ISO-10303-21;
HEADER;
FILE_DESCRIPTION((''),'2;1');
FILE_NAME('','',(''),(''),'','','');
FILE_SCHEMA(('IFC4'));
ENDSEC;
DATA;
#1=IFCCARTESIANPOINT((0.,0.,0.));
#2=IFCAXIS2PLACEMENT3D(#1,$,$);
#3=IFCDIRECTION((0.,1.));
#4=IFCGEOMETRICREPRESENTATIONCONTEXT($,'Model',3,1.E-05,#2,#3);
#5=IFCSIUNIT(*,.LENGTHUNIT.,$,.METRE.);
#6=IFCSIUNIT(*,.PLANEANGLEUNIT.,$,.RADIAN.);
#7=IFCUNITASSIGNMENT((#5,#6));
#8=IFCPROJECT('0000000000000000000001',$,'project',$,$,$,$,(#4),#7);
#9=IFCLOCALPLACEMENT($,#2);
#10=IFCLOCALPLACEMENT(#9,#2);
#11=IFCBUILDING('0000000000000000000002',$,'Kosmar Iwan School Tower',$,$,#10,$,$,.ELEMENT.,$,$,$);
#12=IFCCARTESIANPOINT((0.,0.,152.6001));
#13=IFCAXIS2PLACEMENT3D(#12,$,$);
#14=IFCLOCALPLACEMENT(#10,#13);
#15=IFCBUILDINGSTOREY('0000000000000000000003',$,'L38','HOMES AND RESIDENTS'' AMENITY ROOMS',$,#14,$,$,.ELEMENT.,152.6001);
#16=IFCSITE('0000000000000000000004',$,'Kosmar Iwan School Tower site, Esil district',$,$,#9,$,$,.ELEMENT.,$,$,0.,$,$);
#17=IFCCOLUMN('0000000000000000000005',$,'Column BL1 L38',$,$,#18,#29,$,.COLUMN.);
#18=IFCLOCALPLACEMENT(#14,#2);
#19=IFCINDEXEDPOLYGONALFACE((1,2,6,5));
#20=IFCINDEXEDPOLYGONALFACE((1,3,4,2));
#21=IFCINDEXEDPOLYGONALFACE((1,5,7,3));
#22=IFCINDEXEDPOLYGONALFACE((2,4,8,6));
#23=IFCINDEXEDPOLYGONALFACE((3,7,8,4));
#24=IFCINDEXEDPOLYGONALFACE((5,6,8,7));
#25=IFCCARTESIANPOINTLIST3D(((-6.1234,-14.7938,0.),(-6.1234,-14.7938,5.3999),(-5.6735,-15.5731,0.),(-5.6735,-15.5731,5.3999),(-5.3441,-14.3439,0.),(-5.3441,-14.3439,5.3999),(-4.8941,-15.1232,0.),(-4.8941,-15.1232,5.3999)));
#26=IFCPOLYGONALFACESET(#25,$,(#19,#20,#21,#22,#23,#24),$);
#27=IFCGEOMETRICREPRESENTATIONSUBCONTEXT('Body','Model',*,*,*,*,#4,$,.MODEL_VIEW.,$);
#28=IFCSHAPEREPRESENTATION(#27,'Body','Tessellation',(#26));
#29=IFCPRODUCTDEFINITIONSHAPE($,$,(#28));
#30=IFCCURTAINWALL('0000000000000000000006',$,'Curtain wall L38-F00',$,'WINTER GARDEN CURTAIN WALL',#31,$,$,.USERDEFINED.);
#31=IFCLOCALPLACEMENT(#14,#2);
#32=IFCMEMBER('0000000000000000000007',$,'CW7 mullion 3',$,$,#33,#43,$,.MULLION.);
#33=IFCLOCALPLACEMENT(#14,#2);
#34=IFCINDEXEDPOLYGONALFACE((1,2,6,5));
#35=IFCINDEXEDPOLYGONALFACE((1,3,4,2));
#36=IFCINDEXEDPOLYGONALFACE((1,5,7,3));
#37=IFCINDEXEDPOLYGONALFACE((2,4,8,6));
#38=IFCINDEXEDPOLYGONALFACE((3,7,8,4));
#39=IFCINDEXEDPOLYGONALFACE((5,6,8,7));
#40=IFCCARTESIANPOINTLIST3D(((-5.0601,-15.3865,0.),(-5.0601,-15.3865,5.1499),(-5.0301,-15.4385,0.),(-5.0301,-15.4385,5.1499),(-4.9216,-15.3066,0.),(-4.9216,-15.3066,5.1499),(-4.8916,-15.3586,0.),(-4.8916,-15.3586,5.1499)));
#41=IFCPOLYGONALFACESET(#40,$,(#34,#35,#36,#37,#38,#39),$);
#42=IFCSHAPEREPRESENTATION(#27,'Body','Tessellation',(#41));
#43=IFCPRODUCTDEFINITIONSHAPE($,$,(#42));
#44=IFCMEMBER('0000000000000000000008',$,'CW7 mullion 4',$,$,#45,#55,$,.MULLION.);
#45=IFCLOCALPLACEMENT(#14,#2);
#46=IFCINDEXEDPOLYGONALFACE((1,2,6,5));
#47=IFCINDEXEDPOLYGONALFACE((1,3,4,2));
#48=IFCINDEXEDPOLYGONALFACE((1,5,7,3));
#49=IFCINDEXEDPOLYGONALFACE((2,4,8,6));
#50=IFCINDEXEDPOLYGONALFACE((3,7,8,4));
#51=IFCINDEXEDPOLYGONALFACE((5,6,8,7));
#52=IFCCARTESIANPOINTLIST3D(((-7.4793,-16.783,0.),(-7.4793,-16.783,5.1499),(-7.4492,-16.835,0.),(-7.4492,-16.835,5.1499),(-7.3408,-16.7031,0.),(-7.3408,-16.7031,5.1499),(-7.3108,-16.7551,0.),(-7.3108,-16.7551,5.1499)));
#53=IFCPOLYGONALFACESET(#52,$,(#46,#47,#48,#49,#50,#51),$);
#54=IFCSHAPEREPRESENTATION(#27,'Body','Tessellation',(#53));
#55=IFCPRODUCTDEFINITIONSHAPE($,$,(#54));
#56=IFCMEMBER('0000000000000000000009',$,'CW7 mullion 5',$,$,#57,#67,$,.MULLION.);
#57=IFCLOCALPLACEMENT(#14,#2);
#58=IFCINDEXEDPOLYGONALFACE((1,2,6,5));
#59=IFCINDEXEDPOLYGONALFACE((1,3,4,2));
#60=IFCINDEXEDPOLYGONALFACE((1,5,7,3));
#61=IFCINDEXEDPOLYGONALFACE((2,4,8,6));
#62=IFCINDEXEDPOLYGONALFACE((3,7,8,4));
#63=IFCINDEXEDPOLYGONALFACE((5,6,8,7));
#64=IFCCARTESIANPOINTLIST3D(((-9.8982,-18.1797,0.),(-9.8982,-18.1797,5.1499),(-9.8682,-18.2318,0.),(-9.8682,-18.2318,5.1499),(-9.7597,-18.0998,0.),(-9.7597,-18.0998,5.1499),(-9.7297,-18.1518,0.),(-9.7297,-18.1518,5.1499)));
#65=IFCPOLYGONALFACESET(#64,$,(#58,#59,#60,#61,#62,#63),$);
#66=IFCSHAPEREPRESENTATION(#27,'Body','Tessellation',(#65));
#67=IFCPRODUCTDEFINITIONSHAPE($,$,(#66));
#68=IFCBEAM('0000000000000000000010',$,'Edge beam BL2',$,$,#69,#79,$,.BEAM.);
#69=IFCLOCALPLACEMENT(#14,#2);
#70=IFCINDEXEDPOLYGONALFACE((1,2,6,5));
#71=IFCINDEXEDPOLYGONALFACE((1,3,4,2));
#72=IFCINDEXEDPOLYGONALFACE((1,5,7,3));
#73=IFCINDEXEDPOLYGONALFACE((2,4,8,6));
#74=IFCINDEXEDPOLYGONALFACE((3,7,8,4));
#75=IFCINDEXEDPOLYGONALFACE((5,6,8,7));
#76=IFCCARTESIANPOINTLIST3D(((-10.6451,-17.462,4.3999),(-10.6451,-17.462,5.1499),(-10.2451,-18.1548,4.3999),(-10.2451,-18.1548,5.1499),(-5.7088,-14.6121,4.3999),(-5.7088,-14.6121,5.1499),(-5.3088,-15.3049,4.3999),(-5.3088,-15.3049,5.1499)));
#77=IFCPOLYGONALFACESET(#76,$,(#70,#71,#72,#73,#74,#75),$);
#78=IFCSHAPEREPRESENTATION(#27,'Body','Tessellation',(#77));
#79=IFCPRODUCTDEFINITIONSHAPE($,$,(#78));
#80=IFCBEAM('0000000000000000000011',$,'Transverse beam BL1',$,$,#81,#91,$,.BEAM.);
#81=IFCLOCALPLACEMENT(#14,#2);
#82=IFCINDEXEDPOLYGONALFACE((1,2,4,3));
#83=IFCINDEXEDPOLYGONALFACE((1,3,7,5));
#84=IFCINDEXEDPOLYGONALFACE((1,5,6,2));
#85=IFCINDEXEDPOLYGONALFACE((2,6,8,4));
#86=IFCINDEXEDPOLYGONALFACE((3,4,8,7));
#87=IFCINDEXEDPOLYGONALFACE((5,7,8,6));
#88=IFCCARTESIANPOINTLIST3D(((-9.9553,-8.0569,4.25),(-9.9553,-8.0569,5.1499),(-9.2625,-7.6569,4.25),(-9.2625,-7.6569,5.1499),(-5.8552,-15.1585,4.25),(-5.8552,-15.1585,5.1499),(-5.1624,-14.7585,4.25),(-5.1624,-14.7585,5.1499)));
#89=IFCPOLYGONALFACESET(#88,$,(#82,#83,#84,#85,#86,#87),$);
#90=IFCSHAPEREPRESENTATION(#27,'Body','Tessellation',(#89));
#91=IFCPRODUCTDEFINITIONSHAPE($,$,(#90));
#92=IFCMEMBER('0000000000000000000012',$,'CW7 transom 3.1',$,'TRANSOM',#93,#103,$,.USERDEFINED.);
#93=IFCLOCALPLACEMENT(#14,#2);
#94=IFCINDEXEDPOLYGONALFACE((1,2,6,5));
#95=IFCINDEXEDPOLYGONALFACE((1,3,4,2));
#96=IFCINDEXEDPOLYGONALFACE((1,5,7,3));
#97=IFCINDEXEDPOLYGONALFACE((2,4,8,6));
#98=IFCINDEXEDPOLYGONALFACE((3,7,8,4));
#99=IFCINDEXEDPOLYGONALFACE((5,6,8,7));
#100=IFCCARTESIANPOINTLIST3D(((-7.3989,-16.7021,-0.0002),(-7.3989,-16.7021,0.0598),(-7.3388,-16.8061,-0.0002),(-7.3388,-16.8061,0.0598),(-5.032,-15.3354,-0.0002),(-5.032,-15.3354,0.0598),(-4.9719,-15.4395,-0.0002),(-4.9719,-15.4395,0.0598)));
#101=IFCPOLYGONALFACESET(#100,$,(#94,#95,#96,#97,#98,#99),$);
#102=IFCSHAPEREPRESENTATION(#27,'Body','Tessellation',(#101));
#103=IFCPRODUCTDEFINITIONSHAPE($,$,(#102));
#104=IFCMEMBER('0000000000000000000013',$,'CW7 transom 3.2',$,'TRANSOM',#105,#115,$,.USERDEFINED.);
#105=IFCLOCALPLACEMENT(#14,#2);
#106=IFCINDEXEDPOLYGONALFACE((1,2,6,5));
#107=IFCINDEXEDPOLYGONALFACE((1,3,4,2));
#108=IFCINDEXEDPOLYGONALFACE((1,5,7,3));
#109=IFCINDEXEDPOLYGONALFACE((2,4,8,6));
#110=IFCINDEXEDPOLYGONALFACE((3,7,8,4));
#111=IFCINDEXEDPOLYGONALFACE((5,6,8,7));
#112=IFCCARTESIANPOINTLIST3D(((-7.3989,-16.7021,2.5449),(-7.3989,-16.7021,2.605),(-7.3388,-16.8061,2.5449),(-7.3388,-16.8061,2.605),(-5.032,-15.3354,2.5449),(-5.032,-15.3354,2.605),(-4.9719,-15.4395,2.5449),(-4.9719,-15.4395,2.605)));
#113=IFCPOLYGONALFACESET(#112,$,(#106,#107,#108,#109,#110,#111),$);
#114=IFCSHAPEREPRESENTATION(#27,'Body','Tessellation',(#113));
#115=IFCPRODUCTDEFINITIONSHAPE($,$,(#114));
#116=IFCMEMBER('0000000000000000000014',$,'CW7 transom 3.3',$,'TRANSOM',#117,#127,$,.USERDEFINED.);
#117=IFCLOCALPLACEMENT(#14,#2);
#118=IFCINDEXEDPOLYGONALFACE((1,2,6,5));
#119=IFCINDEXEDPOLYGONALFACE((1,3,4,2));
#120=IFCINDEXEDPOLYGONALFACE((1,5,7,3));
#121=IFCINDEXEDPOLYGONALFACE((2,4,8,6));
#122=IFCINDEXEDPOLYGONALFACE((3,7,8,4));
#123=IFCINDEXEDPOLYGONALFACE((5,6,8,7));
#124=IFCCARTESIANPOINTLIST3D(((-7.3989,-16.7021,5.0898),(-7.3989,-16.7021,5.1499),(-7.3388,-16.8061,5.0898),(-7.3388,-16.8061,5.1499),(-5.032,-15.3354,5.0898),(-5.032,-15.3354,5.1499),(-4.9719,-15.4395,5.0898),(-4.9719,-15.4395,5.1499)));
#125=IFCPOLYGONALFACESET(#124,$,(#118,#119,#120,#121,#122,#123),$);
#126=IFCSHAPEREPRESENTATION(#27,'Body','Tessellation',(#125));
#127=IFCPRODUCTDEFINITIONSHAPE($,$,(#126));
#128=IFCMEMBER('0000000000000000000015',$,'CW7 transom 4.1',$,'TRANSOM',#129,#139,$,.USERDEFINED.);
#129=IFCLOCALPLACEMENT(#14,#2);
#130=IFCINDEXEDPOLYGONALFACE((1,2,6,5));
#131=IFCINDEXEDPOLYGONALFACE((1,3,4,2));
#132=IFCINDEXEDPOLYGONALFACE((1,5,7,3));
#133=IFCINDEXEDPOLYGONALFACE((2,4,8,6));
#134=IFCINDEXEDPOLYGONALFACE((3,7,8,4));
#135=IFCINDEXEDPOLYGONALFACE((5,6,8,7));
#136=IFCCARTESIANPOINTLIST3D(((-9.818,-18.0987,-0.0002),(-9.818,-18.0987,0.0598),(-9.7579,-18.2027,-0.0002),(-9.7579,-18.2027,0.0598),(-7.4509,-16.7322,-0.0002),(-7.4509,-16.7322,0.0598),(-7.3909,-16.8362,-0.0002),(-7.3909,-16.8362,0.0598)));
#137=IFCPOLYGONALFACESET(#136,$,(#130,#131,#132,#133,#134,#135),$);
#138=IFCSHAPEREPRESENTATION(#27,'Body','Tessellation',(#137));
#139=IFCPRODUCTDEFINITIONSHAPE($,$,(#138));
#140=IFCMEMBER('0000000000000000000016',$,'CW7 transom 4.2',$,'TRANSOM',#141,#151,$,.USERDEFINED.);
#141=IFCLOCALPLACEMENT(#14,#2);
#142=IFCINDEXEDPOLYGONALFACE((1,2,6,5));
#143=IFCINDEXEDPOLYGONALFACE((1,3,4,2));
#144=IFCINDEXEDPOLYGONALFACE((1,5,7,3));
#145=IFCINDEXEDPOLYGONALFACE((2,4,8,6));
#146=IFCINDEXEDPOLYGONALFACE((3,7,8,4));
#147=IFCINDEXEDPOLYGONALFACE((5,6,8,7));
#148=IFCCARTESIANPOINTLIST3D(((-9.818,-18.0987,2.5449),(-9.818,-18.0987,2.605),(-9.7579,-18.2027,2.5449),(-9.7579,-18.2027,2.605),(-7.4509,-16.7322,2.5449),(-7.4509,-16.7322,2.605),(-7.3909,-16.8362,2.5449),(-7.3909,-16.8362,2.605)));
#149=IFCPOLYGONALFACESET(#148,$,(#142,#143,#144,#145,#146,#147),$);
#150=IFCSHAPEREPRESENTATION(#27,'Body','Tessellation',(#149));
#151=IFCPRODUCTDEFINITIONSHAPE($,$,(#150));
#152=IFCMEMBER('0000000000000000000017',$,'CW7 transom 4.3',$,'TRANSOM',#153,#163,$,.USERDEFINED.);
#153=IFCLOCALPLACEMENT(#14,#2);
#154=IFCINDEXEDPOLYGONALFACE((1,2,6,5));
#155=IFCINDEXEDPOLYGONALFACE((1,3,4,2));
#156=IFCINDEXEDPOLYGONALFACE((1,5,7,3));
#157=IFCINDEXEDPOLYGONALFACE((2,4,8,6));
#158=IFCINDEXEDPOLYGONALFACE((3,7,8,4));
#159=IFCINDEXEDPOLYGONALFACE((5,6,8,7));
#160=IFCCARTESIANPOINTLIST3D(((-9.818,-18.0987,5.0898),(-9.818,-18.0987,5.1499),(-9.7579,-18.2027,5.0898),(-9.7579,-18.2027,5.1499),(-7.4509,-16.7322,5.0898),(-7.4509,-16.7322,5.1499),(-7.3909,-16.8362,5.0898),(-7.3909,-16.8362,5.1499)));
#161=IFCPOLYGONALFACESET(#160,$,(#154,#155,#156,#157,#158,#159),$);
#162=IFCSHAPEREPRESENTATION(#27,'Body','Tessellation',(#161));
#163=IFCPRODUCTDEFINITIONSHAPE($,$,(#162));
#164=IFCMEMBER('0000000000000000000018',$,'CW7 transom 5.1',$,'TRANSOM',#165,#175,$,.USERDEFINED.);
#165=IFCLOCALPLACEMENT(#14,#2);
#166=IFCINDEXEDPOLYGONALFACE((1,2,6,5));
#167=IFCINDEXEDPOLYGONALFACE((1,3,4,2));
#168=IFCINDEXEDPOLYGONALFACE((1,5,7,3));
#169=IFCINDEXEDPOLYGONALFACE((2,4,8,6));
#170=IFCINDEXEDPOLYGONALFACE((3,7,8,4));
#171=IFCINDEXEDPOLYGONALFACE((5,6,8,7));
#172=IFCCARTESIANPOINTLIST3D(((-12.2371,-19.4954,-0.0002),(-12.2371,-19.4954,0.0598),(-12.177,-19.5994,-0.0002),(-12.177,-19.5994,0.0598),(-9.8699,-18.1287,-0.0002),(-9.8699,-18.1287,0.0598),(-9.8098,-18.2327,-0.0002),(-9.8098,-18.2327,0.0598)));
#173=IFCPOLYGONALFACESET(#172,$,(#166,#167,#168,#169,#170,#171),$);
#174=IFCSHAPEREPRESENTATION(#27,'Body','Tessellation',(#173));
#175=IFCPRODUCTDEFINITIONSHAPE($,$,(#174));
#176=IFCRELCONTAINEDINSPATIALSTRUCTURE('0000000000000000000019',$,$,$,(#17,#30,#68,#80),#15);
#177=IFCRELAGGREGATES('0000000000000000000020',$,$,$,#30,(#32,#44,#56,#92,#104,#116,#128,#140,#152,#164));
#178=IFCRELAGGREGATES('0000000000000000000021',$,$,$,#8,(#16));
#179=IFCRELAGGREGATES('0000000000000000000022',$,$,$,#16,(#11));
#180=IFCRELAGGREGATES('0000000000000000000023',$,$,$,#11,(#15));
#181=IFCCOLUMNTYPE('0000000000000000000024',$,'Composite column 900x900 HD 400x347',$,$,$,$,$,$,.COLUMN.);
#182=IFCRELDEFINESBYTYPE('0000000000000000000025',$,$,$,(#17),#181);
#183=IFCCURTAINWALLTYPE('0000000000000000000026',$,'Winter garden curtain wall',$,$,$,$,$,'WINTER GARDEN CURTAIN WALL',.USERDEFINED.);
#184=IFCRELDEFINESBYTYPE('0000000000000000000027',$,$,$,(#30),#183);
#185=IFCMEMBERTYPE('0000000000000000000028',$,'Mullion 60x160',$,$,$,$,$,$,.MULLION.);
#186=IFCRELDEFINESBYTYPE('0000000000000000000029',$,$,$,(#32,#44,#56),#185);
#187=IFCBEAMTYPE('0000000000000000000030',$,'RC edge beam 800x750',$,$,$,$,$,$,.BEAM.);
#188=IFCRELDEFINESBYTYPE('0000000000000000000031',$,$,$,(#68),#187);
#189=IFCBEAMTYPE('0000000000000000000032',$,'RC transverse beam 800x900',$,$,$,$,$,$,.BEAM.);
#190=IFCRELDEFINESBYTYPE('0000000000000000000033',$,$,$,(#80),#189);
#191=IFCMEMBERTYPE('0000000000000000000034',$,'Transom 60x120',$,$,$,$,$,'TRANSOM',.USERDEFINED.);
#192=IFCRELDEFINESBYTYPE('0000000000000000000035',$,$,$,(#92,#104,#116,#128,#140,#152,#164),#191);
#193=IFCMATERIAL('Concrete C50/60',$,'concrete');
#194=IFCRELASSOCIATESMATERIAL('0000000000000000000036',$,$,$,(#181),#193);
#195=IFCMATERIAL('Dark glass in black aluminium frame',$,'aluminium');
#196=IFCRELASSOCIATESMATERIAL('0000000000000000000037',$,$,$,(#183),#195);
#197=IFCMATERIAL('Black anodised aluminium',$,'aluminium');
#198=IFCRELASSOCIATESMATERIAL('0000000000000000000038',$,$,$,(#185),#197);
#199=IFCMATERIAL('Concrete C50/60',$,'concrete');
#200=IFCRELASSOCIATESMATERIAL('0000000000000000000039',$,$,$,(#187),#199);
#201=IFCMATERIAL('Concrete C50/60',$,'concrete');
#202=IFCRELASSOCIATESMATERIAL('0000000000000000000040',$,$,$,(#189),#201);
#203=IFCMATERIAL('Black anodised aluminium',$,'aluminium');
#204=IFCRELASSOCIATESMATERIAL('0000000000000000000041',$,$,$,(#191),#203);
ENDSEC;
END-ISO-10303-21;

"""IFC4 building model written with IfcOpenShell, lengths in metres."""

from ifc_helpers import new_model, si_unit, direction, frame, origin, origin_2d, place, context, subcontext, project, spatial, rectangle, extrude, material, material_profile, profile_set, type_object, element, aggregate, save


model = new_model("IFC4")

# Units and contexts
model_context = context("Model", 3, precision=1e-05, world=origin(), true_north=direction((0.0, 1.0)))
body_context = subcontext(model_context, "Body", "Model", "MODEL_VIEW")
ifc_project = project(units=[si_unit("LENGTHUNIT", "METRE"), si_unit("PLANEANGLEUNIT", "RADIAN")], contexts=[model_context])

# Site, building, storey
site_placement = place(None, origin())
site = spatial("IfcSite", under=ifc_project, at=site_placement, Name="Kosmar Iwan School Tower site, Esil district", CompositionType="ELEMENT", RefElevation=0.0)
building_placement = place(site_placement, origin())
building = spatial("IfcBuilding", under=site, at=building_placement, Name="Kosmar Iwan School Tower", CompositionType="ELEMENT")
storey_placement = place(building_placement, frame((0.0, 0.0, 152.6001)))
storey = spatial("IfcBuildingStorey", under=building, at=storey_placement, Name="L38", Description="HOMES AND RESIDENTS' AMENITY ROOMS", CompositionType="ELEMENT", Elevation=152.6001)

# Column
ifc_material_1 = material(Name="Concrete C50/60", Category="concrete")
ifc_material_profile_1 = material_profile(ifc_material_1, rectangle(XDim=0.8999, YDim=0.8999, at=origin_2d()), Name="RC 900x900 + HD 400x347")
ifc_profile_set_1 = profile_set([ifc_material_profile_1], Name="Concrete C50/60")
column_type = type_object("IfcColumnType", Name="Composite column 900x900 HD 400x347", PredefinedType="COLUMN", material=ifc_profile_set_1)
column_placement = place(storey_placement, frame((-5.5088, -14.9585, 0.0), z_axis=(0.0, 0.0, 1.0), x_axis=(-0.866025, -0.5, 0.0)))
element("IfcColumn", 1, at=column_placement, inside=storey, type_object=column_type, Name="Column BL1 L38", PredefinedType="COLUMN", context=body_context, shape_type="SweptSolid", body=[
    extrude(rectangle(XDim=0.8999, YDim=0.8999, at=origin_2d()), origin(), (0.0, 0.0, 1.0), 5.3999),
])

# Curtain wall, members
ifc_material_2 = material(Name="Dark glass in black aluminium frame", Category="aluminium")
curtain_wall_type = type_object("IfcCurtainWallType", Name="Winter garden curtain wall", ElementType="WINTER GARDEN CURTAIN WALL", PredefinedType="USERDEFINED", material=ifc_material_2)
curtain_wall_placement = place(storey_placement, origin())
curtain_wall = element("IfcCurtainWall", 2, at=curtain_wall_placement, inside=storey, type_object=curtain_wall_type, Name="Curtain wall L38-F00", ObjectType="WINTER GARDEN CURTAIN WALL", PredefinedType="USERDEFINED")
ifc_material_3 = material(Name="Black anodised aluminium", Category="aluminium")
ifc_material_profile_2 = material_profile(ifc_material_3, rectangle(XDim=0.0601, YDim=0.1599, at=origin_2d()), Name="MULLION 60x160")
ifc_profile_set_2 = profile_set([ifc_material_profile_2], Name="Black anodised aluminium")
member_type_1 = type_object("IfcMemberType", Name="Mullion 60x160", PredefinedType="MULLION", material=ifc_profile_set_2)
member_1_placement = place(storey_placement, frame((-4.9758, -15.3726, 0.0), z_axis=(0.0, 0.0, 1.0), x_axis=(0.5, -0.866025, 0.0)))
member_1 = element("IfcMember", 3, at=member_1_placement, type_object=member_type_1, Name="CW7 mullion 3", PredefinedType="MULLION", context=body_context, shape_type="SweptSolid", body=[
    extrude(rectangle(XDim=0.0601, YDim=0.1599, at=origin_2d()), origin(), (0.0, 0.0, 1.0), 5.1499),
])
member_2_placement = place(storey_placement, frame((-7.395, -16.769, 0.0), z_axis=(0.0, 0.0, 1.0), x_axis=(0.5, -0.866025, 0.0)))
member_2 = element("IfcMember", 4, at=member_2_placement, type_object=member_type_1, Name="CW7 mullion 4", PredefinedType="MULLION", context=body_context, shape_type="SweptSolid", body=[
    extrude(rectangle(XDim=0.0601, YDim=0.1599, at=origin_2d()), origin(), (0.0, 0.0, 1.0), 5.1499),
])
member_3_placement = place(storey_placement, frame((-9.814, -18.1658, 0.0), z_axis=(0.0, 0.0, 1.0), x_axis=(0.5, -0.866025, 0.0)))
member_3 = element("IfcMember", 5, at=member_3_placement, type_object=member_type_1, Name="CW7 mullion 5", PredefinedType="MULLION", context=body_context, shape_type="SweptSolid", body=[
    extrude(rectangle(XDim=0.0601, YDim=0.1599, at=origin_2d()), origin(), (0.0, 0.0, 1.0), 5.1499),
])

# Beams
ifc_material_4 = material(Name="Concrete C50/60", Category="concrete")
ifc_material_profile_3 = material_profile(ifc_material_4, rectangle(XDim=0.8, YDim=0.75, at=origin_2d()), Name="RC 800x750")
ifc_profile_set_3 = profile_set([ifc_material_profile_3], Name="Concrete C50/60")
beam_type_1 = type_object("IfcBeamType", Name="RC edge beam 800x750", PredefinedType="BEAM", material=ifc_profile_set_3)
beam_1_placement = place(storey_placement, frame((-5.5088, -14.9585, 4.7749), z_axis=(-0.866034, -0.499986, 0.0), x_axis=(0.499986, -0.866034, 0.0)))
element("IfcBeam", 6, at=beam_1_placement, inside=storey, type_object=beam_type_1, Name="Edge beam BL2", PredefinedType="BEAM", context=body_context, shape_type="SweptSolid", body=[
    extrude(rectangle(XDim=0.8, YDim=0.75, at=origin_2d()), origin(), (0.0, 0.0, 1.0), 5.7),
])
ifc_material_5 = material(Name="Concrete C50/60", Category="concrete")
ifc_material_profile_4 = material_profile(ifc_material_5, rectangle(XDim=0.8, YDim=0.8999, at=origin_2d()), Name="RC 800x900")
ifc_profile_set_4 = profile_set([ifc_material_profile_4], Name="Concrete C50/60")
beam_type_2 = type_object("IfcBeamType", Name="RC transverse beam 800x900", PredefinedType="BEAM", material=ifc_profile_set_4)
beam_2_placement = place(storey_placement, frame((-5.5088, -14.9585, 4.7), z_axis=(-0.500001, 0.866025, 0.0), x_axis=(-0.866025, -0.500001, 0.0)))
element("IfcBeam", 7, at=beam_2_placement, inside=storey, type_object=beam_type_2, Name="Transverse beam BL1", PredefinedType="BEAM", context=body_context, shape_type="SweptSolid", body=[
    extrude(rectangle(XDim=0.8, YDim=0.8999, at=origin_2d()), origin(), (0.0, 0.0, 1.0), 8.2002),
])

# Members
ifc_material_6 = material(Name="Black anodised aluminium", Category="aluminium")
ifc_material_profile_5 = material_profile(ifc_material_6, rectangle(XDim=0.1201, YDim=0.0601, at=origin_2d()), Name="TRANSOM 60x120")
ifc_profile_set_5 = profile_set([ifc_material_profile_5], Name="Black anodised aluminium")
member_type_2 = type_object("IfcMemberType", Name="Transom 60x120", ElementType="TRANSOM", PredefinedType="USERDEFINED", material=ifc_profile_set_5)
member_4_placement = place(storey_placement, frame((-5.002, -15.3875, 0.0298), z_axis=(-0.866003, -0.500039, 0.0), x_axis=(0.500039, -0.866003, 0.0)))
member_4 = element("IfcMember", 8, at=member_4_placement, type_object=member_type_2, Name="CW7 transom 3.1", ObjectType="TRANSOM", PredefinedType="USERDEFINED", context=body_context, shape_type="SweptSolid", body=[
    extrude(rectangle(XDim=0.1201, YDim=0.0601, at=origin_2d()), origin(), (0.0, 0.0, 1.0), 2.7332),
])
member_5_placement = place(storey_placement, frame((-5.002, -15.3875, 2.575), z_axis=(-0.866003, -0.500039, 0.0), x_axis=(0.500039, -0.866003, 0.0)))
member_5 = element("IfcMember", 9, at=member_5_placement, type_object=member_type_2, Name="CW7 transom 3.2", ObjectType="TRANSOM", PredefinedType="USERDEFINED", context=body_context, shape_type="SweptSolid", body=[
    extrude(rectangle(XDim=0.1201, YDim=0.0601, at=origin_2d()), origin(), (0.0, 0.0, 1.0), 2.7332),
])
member_6_placement = place(storey_placement, frame((-5.002, -15.3875, 5.1199), z_axis=(-0.866003, -0.500039, 0.0), x_axis=(0.500039, -0.866003, 0.0)))
member_6 = element("IfcMember", 10, at=member_6_placement, type_object=member_type_2, Name="CW7 transom 3.3", ObjectType="TRANSOM", PredefinedType="USERDEFINED", context=body_context, shape_type="SweptSolid", body=[
    extrude(rectangle(XDim=0.1201, YDim=0.0601, at=origin_2d()), origin(), (0.0, 0.0, 1.0), 2.7332),
])
member_7_placement = place(storey_placement, frame((-7.4209, -16.7842, 0.0298), z_axis=(-0.866041, -0.499972, 0.0), x_axis=(0.499972, -0.866041, 0.0)))
member_7 = element("IfcMember", 11, at=member_7_placement, type_object=member_type_2, Name="CW7 transom 4.1", ObjectType="TRANSOM", PredefinedType="USERDEFINED", context=body_context, shape_type="SweptSolid", body=[
    extrude(rectangle(XDim=0.1201, YDim=0.0601, at=origin_2d()), origin(), (0.0, 0.0, 1.0), 2.7332),
])
member_8_placement = place(storey_placement, frame((-7.4209, -16.7842, 2.575), z_axis=(-0.866041, -0.499972, 0.0), x_axis=(0.499972, -0.866041, 0.0)))
member_8 = element("IfcMember", 12, at=member_8_placement, type_object=member_type_2, Name="CW7 transom 4.2", ObjectType="TRANSOM", PredefinedType="USERDEFINED", context=body_context, shape_type="SweptSolid", body=[
    extrude(rectangle(XDim=0.1201, YDim=0.0601, at=origin_2d()), origin(), (0.0, 0.0, 1.0), 2.7332),
])
member_9_placement = place(storey_placement, frame((-7.4209, -16.7842, 5.1199), z_axis=(-0.866041, -0.499972, 0.0), x_axis=(0.499972, -0.866041, 0.0)))
member_9 = element("IfcMember", 13, at=member_9_placement, type_object=member_type_2, Name="CW7 transom 4.3", ObjectType="TRANSOM", PredefinedType="USERDEFINED", context=body_context, shape_type="SweptSolid", body=[
    extrude(rectangle(XDim=0.1201, YDim=0.0601, at=origin_2d()), origin(), (0.0, 0.0, 1.0), 2.7332),
])
member_10_placement = place(storey_placement, frame((-9.8398, -18.1807, 0.0298), z_axis=(-0.866025, -0.500001, 0.0), x_axis=(0.500001, -0.866025, 0.0)))
member_10 = element("IfcMember", 14, at=member_10_placement, type_object=member_type_2, Name="CW7 transom 5.1", ObjectType="TRANSOM", PredefinedType="USERDEFINED", context=body_context, shape_type="SweptSolid", body=[
    extrude(rectangle(XDim=0.1201, YDim=0.0601, at=origin_2d()), origin(), (0.0, 0.0, 1.0), 2.7334),
])

aggregate(curtain_wall, [member_1, member_2, member_3, member_4, member_5, member_6, member_7, member_8, member_9, member_10])

save(model, "model.ifc")
